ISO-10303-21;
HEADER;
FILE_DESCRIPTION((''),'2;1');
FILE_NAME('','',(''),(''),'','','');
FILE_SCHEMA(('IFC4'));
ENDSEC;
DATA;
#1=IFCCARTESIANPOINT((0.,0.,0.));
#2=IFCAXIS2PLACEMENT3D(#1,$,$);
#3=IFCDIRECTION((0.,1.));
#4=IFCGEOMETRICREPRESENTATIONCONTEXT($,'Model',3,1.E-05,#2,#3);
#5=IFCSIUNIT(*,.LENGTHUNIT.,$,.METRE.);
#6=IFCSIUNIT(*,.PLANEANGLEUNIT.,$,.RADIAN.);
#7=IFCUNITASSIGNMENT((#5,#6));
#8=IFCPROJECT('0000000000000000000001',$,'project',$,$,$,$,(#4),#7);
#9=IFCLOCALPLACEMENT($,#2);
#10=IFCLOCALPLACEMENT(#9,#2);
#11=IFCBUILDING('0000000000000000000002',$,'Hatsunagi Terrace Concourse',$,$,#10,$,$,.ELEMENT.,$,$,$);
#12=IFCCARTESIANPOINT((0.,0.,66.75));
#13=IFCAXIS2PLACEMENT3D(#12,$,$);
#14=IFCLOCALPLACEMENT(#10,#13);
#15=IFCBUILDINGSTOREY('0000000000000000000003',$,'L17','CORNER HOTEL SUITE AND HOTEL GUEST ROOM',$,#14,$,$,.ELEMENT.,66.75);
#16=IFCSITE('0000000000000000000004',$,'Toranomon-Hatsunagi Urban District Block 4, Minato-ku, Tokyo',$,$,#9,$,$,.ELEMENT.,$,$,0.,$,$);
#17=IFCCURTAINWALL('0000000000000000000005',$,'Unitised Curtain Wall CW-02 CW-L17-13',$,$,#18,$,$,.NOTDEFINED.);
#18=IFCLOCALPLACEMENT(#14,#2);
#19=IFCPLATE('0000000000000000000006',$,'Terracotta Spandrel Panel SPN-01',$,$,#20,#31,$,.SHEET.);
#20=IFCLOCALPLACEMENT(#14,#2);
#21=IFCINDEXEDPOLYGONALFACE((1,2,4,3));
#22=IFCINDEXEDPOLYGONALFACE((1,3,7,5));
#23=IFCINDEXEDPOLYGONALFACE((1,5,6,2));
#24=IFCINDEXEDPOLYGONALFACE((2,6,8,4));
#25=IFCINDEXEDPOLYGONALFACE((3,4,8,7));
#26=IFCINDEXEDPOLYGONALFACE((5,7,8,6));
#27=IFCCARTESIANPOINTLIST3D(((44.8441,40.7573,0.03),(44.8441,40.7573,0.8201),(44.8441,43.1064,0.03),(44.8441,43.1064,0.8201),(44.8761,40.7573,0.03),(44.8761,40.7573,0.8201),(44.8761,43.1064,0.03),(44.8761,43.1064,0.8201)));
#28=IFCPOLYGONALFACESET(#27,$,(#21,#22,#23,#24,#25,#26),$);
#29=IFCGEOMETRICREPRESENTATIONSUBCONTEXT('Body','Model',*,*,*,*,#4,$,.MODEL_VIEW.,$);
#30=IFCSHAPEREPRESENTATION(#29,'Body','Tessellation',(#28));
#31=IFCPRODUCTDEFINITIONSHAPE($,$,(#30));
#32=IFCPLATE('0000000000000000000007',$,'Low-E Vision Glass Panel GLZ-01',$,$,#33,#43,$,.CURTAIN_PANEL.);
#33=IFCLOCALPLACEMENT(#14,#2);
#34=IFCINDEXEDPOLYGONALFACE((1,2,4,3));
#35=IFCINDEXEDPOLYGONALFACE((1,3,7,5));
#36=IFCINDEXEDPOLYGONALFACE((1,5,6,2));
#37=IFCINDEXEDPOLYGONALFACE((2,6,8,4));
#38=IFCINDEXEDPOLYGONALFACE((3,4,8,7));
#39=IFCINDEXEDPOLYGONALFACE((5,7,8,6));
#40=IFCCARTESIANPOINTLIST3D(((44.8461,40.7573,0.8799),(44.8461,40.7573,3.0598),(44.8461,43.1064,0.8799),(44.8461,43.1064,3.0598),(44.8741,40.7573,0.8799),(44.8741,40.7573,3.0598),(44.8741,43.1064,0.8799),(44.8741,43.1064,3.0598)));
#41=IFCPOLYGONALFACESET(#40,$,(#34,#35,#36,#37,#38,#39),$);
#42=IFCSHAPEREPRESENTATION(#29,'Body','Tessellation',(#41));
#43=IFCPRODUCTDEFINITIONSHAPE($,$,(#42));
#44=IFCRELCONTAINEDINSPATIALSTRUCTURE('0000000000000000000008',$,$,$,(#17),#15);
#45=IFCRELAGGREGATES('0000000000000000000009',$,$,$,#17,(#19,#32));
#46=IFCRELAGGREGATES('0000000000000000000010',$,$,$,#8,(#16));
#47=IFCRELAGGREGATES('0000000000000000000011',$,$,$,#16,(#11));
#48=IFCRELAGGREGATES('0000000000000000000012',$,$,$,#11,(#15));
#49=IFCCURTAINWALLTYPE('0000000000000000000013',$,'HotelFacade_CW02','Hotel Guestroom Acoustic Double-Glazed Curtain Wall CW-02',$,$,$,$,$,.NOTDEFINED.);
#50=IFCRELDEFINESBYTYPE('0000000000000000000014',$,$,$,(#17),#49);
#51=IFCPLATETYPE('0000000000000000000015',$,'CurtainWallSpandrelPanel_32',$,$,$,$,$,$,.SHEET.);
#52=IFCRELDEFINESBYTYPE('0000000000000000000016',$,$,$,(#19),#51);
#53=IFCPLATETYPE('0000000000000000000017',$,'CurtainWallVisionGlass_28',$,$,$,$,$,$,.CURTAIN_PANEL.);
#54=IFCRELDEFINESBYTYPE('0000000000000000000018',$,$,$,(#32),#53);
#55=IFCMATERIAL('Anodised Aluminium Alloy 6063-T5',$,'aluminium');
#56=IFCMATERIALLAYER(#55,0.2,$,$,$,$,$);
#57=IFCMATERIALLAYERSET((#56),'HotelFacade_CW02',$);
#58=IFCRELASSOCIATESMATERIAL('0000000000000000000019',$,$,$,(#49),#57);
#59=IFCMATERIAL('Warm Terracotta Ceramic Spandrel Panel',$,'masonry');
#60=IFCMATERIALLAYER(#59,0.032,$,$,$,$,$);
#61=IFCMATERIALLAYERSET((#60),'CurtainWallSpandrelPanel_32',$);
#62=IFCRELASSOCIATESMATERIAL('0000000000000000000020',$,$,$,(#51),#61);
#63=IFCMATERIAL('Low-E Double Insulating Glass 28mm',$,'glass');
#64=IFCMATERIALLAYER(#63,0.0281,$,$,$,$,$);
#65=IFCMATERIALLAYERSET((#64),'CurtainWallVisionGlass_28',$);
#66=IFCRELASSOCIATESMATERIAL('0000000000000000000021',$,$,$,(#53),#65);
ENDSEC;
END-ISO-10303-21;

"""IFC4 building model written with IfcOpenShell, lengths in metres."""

from ifc_helpers import new_model, si_unit, direction, frame, origin, origin_2d, place, context, subcontext, project, spatial, rectangle, extrude, material, layer, layer_set, type_object, element, aggregate, save


model = new_model("IFC4")

# Units and contexts
model_context = context("Model", 3, precision=1e-05, world=origin(), true_north=direction((0.0, 1.0)))
body_context = subcontext(model_context, "Body", "Model", "MODEL_VIEW")
ifc_project = project(units=[si_unit("LENGTHUNIT", "METRE"), si_unit("PLANEANGLEUNIT", "RADIAN")], contexts=[model_context])

# Site, building, storey
site_placement = place(None, origin())
site = spatial("IfcSite", under=ifc_project, at=site_placement, Name="Toranomon-Hatsunagi Urban District Block 4, Minato-ku, Tokyo", CompositionType="ELEMENT", RefElevation=0.0)
building_placement = place(site_placement, origin())
building = spatial("IfcBuilding", under=site, at=building_placement, Name="Hatsunagi Terrace Concourse", CompositionType="ELEMENT")
storey_placement = place(building_placement, frame((0.0, 0.0, 66.75)))
storey = spatial("IfcBuildingStorey", under=building, at=storey_placement, Name="L17", Description="CORNER HOTEL SUITE AND HOTEL GUEST ROOM", CompositionType="ELEMENT", Elevation=66.75)

# Curtain wall
ifc_material_1 = material(Name="Anodised Aluminium Alloy 6063-T5", Category="aluminium")
ifc_layer_1 = layer(ifc_material_1, 0.2)
ifc_layer_set_1 = layer_set([ifc_layer_1], Name="HotelFacade_CW02")
curtain_wall_type = type_object("IfcCurtainWallType", Name="HotelFacade_CW02", Description="Hotel Guestroom Acoustic Double-Glazed Curtain Wall CW-02", PredefinedType="NOTDEFINED", material=ifc_layer_set_1)
curtain_wall_placement = place(storey_placement, origin())
curtain_wall = element("IfcCurtainWall", 1, at=curtain_wall_placement, inside=storey, type_object=curtain_wall_type, Name="Unitised Curtain Wall CW-02 CW-L17-13", PredefinedType="NOTDEFINED")

# Plates
ifc_material_2 = material(Name="Warm Terracotta Ceramic Spandrel Panel", Category="masonry")
ifc_layer_2 = layer(ifc_material_2, 0.032)
ifc_layer_set_2 = layer_set([ifc_layer_2], Name="CurtainWallSpandrelPanel_32")
plate_type_1 = type_object("IfcPlateType", Name="CurtainWallSpandrelPanel_32", PredefinedType="SHEET", material=ifc_layer_set_2)
plate_1_placement = place(storey_placement, frame((44.8601, 41.9319, 0.03), z_axis=(0.0, 0.0, 1.0), x_axis=(0.0, -1.0, 0.0)))
plate_1 = element("IfcPlate", 2, at=plate_1_placement, type_object=plate_type_1, Name="Terracotta Spandrel Panel SPN-01", PredefinedType="SHEET", context=body_context, shape_type="SweptSolid", body=[
    extrude(rectangle(XDim=2.3491, YDim=0.032, at=origin_2d()), origin(), (0.0, 0.0, 1.0), 0.79),
])
ifc_material_3 = material(Name="Low-E Double Insulating Glass 28mm", Category="glass")
ifc_layer_3 = layer(ifc_material_3, 0.0281)
ifc_layer_set_3 = layer_set([ifc_layer_3], Name="CurtainWallVisionGlass_28")
plate_type_2 = type_object("IfcPlateType", Name="CurtainWallVisionGlass_28", PredefinedType="CURTAIN_PANEL", material=ifc_layer_set_3)
plate_2_placement = place(storey_placement, frame((44.8601, 41.9319, 0.8799), z_axis=(0.0, 0.0, 1.0), x_axis=(0.0, -1.0, 0.0)))
plate_2 = element("IfcPlate", 3, at=plate_2_placement, type_object=plate_type_2, Name="Low-E Vision Glass Panel GLZ-01", PredefinedType="CURTAIN_PANEL", context=body_context, shape_type="SweptSolid", body=[
    extrude(rectangle(XDim=2.3491, YDim=0.0281, at=origin_2d()), origin(), (0.0, 0.0, 1.0), 2.1799),
])
aggregate(curtain_wall, [plate_1, plate_2])

save(model, "model.ifc")
